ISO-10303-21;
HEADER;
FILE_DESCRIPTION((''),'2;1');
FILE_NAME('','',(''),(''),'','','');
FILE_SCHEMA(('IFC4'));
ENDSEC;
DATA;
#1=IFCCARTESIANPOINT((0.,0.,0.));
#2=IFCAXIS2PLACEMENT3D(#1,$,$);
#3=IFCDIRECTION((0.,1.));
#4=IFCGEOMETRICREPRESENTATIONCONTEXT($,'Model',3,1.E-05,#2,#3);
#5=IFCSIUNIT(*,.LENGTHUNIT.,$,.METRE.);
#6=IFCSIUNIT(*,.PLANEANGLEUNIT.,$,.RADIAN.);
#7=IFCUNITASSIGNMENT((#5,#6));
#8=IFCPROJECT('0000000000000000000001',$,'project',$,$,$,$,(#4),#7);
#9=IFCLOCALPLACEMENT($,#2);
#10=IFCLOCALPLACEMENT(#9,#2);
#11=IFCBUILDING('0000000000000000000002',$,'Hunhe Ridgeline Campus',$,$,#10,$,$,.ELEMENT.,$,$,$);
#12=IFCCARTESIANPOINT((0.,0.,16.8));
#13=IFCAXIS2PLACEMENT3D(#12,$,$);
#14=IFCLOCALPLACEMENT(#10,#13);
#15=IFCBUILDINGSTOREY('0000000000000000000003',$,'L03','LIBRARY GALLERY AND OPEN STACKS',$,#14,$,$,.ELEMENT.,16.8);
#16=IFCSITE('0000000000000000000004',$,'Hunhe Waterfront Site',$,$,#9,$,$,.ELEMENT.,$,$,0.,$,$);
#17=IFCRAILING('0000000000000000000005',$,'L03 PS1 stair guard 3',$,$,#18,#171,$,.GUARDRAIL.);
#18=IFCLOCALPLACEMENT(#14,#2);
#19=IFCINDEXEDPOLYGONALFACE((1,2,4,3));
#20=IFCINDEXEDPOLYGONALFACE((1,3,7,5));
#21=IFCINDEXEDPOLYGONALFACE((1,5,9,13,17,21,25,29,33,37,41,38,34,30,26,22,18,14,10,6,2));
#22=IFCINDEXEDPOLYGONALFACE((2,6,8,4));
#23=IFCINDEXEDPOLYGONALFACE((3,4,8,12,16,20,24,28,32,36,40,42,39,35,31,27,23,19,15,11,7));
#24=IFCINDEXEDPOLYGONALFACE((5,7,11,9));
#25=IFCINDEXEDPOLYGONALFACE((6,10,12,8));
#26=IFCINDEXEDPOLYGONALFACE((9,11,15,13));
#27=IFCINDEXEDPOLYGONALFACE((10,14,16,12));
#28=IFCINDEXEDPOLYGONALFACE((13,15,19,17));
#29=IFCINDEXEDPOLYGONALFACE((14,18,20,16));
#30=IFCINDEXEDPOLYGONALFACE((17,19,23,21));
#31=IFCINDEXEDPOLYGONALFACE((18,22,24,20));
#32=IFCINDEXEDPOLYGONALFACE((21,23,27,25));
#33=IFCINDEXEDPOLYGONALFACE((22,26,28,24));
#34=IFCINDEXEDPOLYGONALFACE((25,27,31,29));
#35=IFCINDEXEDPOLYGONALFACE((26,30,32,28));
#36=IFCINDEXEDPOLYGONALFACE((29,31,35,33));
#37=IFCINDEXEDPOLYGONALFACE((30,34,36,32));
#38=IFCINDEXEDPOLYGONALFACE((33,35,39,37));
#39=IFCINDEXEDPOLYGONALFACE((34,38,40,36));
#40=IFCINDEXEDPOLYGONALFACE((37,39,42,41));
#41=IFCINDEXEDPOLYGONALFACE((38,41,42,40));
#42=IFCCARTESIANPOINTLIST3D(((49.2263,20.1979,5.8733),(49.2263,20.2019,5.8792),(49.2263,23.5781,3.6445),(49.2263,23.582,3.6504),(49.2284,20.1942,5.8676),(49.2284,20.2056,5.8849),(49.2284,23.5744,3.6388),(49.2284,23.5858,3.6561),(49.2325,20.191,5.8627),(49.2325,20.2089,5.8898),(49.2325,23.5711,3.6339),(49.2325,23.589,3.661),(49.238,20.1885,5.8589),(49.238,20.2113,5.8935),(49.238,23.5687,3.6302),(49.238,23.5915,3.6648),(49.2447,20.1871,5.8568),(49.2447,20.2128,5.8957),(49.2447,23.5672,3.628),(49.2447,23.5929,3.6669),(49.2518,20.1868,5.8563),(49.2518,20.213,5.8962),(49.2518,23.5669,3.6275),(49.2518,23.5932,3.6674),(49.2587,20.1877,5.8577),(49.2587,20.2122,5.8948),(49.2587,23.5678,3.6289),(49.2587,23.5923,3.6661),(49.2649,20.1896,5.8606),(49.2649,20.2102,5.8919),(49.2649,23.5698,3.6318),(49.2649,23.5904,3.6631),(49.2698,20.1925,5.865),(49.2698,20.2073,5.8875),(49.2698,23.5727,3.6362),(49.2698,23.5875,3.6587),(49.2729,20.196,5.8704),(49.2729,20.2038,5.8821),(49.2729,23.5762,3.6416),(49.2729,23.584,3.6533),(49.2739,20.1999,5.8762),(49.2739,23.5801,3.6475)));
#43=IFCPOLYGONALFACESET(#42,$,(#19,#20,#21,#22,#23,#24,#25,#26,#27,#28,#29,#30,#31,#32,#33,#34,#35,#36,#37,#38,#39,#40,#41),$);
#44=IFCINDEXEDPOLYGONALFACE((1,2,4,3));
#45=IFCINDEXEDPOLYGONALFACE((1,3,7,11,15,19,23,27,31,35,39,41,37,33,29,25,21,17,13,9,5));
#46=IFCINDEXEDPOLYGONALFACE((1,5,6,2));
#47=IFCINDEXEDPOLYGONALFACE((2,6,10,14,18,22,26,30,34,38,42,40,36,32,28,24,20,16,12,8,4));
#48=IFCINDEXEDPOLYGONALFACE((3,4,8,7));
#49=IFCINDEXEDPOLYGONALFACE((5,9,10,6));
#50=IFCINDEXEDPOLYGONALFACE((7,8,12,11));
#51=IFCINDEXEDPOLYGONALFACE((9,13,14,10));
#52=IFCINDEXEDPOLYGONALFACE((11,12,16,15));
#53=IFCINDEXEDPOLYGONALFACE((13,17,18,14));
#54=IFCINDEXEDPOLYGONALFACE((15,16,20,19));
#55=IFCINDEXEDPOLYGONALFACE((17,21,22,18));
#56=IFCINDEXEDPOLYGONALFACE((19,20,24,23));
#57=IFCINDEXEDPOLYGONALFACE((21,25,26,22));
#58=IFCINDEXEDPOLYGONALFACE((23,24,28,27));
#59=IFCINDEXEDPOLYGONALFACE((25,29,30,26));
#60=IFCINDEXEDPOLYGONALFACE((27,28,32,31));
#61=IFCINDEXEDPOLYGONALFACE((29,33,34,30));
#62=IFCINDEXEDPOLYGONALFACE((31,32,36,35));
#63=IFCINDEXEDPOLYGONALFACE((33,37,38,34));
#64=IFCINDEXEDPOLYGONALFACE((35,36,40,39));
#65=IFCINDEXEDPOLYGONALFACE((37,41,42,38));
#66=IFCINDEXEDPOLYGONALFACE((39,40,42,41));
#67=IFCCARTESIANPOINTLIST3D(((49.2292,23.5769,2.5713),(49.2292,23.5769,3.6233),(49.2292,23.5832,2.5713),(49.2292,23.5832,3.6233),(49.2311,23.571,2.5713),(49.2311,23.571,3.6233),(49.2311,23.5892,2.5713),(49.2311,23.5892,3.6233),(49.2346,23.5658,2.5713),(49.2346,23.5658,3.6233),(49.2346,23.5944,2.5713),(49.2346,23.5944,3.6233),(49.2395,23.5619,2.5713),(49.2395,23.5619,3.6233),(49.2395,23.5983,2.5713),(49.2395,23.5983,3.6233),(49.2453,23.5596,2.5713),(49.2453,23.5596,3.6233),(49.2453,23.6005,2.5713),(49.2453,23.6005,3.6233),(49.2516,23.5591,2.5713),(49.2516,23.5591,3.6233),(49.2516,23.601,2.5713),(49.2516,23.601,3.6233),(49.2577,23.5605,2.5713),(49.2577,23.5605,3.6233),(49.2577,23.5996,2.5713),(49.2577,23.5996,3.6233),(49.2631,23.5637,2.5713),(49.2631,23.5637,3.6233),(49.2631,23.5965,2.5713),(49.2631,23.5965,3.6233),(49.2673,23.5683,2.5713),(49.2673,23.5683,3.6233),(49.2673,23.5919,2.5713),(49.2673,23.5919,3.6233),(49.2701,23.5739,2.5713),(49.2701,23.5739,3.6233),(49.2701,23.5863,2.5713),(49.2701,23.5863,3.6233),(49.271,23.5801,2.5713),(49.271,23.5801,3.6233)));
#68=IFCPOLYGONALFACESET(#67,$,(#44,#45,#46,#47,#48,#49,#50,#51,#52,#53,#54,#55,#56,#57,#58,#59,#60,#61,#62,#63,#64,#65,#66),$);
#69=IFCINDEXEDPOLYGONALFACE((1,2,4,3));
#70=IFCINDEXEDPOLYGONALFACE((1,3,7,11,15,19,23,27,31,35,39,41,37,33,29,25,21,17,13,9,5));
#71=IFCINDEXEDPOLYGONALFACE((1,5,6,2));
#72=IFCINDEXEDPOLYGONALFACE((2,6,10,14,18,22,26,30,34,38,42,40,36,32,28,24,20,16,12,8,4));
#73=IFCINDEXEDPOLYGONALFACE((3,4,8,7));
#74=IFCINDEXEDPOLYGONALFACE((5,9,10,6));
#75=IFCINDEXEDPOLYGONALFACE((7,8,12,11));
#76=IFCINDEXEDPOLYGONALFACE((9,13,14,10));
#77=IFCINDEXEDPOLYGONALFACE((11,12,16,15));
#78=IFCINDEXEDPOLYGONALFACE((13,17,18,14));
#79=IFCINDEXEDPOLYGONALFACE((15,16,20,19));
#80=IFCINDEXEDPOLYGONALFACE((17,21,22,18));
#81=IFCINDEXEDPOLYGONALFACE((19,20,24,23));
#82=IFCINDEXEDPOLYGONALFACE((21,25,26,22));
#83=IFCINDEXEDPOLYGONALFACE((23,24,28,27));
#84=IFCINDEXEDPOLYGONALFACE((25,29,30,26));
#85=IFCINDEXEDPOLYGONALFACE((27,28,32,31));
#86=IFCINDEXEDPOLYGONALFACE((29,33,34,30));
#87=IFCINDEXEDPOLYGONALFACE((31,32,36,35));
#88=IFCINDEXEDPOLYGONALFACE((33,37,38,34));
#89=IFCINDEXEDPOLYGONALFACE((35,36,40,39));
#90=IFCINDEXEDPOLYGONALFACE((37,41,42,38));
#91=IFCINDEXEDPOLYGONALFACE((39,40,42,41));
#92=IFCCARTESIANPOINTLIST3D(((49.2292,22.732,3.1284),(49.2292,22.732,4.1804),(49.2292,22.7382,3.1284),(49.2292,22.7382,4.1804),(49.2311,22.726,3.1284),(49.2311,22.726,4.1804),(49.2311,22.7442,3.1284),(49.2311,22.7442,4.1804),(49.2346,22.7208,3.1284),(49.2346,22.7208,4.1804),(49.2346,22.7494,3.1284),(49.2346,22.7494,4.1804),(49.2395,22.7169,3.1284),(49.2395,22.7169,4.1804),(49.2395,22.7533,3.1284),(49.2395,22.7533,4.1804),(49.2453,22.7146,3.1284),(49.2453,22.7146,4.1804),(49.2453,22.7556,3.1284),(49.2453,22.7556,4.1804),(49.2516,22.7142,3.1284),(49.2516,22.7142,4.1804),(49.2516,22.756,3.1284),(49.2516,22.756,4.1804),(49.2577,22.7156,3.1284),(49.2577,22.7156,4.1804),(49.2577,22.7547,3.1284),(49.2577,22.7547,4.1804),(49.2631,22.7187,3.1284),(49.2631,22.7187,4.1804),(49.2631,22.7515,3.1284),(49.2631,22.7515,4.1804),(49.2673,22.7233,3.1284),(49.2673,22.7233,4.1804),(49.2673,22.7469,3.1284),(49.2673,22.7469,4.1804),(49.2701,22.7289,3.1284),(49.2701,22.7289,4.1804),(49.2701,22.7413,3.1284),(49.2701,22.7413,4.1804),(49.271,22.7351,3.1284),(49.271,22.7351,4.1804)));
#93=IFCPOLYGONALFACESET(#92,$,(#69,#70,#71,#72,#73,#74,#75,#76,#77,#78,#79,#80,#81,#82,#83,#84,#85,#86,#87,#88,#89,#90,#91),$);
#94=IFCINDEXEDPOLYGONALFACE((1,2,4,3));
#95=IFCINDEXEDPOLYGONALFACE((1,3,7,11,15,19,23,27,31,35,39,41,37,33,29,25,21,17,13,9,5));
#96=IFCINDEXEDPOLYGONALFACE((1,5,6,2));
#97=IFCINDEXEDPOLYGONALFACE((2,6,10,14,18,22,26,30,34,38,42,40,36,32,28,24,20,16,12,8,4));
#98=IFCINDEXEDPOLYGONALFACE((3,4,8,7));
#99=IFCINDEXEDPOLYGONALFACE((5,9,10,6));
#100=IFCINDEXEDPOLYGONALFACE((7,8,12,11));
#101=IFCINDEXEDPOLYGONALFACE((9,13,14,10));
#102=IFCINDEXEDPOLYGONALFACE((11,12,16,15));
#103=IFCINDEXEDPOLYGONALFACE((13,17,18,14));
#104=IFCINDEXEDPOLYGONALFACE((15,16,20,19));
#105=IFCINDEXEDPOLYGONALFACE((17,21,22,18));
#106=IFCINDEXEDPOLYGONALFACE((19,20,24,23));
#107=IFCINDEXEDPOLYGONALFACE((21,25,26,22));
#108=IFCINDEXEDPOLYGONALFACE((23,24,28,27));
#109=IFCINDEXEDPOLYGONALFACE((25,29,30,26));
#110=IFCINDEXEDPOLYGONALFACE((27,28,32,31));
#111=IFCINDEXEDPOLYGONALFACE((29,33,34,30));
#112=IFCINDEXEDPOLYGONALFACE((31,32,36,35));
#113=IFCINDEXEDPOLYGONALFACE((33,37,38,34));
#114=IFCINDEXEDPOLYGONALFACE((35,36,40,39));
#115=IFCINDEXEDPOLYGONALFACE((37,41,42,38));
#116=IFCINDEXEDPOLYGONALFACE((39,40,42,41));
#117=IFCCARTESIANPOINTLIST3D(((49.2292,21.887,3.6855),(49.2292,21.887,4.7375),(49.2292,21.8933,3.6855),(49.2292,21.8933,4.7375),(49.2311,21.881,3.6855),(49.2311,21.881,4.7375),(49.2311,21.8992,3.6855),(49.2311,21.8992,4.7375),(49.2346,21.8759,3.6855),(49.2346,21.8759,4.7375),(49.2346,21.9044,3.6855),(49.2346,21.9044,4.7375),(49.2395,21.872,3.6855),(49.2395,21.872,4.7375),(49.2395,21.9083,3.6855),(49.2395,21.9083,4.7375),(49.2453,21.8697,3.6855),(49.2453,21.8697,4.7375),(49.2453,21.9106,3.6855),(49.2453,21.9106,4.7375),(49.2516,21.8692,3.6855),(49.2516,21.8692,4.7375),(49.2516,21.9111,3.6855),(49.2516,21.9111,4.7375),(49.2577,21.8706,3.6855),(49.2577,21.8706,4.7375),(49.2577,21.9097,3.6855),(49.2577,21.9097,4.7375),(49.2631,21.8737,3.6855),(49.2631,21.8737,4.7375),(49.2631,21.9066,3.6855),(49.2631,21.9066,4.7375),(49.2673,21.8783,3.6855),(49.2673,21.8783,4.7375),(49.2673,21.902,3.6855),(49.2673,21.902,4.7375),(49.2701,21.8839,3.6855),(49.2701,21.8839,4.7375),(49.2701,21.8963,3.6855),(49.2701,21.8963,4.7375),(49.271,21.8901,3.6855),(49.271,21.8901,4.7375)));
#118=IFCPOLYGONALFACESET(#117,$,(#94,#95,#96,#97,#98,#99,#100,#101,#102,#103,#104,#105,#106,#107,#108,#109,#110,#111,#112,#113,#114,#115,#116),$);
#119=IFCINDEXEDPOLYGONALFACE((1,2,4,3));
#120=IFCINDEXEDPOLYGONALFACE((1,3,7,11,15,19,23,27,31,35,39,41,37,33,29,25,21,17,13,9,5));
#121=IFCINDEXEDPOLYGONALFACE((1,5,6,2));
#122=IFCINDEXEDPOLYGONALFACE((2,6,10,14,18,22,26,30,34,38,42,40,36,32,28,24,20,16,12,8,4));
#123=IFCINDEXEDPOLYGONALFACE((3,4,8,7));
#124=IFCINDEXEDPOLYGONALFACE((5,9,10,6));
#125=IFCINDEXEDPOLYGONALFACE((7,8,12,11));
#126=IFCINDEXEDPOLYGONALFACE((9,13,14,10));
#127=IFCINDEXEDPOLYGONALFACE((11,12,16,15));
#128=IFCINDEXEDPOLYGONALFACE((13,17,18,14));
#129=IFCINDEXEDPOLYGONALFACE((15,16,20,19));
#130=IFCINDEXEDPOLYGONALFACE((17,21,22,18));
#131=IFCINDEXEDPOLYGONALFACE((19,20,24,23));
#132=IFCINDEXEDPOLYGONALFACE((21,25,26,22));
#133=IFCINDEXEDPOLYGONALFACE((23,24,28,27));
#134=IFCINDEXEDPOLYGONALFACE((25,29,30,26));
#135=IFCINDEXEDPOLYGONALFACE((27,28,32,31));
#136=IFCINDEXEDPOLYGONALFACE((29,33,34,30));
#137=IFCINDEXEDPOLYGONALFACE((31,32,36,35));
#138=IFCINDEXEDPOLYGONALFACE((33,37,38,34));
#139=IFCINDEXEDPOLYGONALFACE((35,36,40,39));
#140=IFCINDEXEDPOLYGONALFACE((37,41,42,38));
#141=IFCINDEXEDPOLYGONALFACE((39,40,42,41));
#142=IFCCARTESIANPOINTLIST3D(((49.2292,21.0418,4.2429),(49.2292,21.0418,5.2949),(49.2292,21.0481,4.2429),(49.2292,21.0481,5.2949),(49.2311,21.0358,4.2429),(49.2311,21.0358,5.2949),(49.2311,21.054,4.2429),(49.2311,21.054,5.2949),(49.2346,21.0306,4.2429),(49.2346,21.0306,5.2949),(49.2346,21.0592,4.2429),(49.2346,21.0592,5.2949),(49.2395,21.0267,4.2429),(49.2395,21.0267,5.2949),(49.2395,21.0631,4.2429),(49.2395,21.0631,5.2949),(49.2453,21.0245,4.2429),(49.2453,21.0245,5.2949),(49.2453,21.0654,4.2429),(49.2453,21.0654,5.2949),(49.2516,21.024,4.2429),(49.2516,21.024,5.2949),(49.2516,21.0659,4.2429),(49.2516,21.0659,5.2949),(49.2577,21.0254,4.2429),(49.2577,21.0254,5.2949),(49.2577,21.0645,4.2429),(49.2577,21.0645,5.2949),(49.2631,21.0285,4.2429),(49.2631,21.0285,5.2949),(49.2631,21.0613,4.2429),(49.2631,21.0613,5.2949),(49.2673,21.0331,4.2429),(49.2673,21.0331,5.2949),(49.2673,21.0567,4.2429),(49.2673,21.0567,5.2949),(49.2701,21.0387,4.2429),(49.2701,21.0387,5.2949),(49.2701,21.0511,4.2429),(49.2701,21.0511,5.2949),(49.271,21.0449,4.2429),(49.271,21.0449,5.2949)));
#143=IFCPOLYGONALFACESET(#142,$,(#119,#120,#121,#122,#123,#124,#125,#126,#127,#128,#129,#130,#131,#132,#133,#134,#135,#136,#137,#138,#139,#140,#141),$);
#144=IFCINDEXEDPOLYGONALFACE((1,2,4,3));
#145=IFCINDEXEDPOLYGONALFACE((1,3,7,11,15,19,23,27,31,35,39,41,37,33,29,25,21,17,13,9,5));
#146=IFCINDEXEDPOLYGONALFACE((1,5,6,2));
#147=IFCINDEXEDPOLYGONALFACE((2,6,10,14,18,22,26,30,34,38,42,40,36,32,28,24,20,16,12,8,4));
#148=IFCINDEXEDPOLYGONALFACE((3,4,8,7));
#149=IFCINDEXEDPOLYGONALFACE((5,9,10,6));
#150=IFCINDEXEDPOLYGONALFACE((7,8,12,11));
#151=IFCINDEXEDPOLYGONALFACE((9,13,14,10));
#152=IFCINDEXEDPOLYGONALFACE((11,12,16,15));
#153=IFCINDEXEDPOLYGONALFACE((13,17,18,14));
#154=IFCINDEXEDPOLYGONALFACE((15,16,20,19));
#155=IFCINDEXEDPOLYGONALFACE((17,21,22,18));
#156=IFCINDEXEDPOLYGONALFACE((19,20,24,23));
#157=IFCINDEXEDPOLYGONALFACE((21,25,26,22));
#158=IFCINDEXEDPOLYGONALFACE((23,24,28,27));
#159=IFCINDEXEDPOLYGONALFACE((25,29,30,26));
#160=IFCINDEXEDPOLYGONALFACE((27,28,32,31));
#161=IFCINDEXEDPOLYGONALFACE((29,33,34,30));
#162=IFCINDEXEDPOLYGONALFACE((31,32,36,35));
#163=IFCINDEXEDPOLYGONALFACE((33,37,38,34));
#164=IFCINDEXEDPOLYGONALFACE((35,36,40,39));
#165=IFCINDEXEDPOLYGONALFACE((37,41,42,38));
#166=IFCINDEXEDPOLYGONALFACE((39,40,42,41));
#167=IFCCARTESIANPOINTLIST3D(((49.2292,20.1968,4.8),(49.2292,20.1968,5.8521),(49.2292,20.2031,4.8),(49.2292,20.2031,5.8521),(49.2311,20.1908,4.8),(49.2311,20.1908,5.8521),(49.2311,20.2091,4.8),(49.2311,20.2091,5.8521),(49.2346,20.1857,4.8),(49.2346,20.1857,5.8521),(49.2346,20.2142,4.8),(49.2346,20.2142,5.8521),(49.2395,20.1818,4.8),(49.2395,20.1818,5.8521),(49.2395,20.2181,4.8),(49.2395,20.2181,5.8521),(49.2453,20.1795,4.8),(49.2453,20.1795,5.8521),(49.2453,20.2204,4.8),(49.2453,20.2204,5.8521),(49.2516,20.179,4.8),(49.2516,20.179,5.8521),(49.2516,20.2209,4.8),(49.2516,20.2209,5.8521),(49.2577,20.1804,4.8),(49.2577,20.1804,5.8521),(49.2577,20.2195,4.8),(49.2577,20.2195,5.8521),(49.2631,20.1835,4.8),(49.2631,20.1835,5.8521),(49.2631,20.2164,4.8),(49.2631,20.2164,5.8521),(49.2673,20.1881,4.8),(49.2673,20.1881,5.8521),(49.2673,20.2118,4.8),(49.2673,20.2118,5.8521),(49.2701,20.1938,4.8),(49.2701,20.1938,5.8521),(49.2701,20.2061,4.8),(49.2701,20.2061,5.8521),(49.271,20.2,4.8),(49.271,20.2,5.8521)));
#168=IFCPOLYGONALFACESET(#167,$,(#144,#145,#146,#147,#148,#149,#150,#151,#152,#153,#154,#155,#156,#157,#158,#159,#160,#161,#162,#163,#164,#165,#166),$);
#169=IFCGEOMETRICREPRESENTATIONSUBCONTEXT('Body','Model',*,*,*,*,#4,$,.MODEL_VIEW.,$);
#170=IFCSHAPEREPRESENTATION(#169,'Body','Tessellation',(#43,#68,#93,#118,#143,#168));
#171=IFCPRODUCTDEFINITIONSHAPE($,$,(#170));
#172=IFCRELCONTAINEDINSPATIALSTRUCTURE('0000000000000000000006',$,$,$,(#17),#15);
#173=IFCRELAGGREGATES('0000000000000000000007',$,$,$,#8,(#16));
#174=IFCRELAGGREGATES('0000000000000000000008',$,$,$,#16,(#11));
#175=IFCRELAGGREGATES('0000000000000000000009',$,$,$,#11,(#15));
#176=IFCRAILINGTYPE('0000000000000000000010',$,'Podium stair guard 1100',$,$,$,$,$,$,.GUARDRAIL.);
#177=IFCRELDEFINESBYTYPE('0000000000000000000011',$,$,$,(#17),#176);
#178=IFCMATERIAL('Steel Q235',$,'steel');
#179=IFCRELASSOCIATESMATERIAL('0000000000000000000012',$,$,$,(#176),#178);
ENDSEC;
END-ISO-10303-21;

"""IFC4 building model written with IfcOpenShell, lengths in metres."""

from ifc_helpers import new_model, si_unit, direction, frame, origin, origin_2d, place, context, subcontext, project, spatial, circle, extrude, material, type_object, element, save


model = new_model("IFC4")

# Units and contexts
model_context = context("Model", 3, precision=1e-05, world=origin(), true_north=direction((0.0, 1.0)))
body_context = subcontext(model_context, "Body", "Model", "MODEL_VIEW")
ifc_project = project(units=[si_unit("LENGTHUNIT", "METRE"), si_unit("PLANEANGLEUNIT", "RADIAN")], contexts=[model_context])

# Site, building, storey
site_placement = place(None, origin())
site = spatial("IfcSite", under=ifc_project, at=site_placement, Name="Hunhe Waterfront Site", CompositionType="ELEMENT", RefElevation=0.0)
building_placement = place(site_placement, origin())
building = spatial("IfcBuilding", under=site, at=building_placement, Name="Hunhe Ridgeline Campus", CompositionType="ELEMENT")
storey_placement = place(building_placement, frame((0.0, 0.0, 16.8)))
storey = spatial("IfcBuildingStorey", under=building, at=storey_placement, Name="L03", Description="LIBRARY GALLERY AND OPEN STACKS", CompositionType="ELEMENT", Elevation=16.8)

# Shared definitions
ifc_material_1 = material(Name="Steel Q235", Category="steel")

# Railing
railing_type_1 = type_object("IfcRailingType", Name="Podium stair guard 1100", PredefinedType="GUARDRAIL", material=ifc_material_1)
railing_1_placement = place(storey_placement, frame((49.25, 23.5801, 2.5713)))
element("IfcRailing", 1, at=railing_1_placement, inside=storey, type_object=railing_type_1, Name="L03 PS1 stair guard 3", PredefinedType="GUARDRAIL", context=body_context, shape_type="SweptSolid", body=[
    extrude(circle(Radius=0.0239, at=origin_2d()), frame((0.0, 0.0, 1.0762), z_axis=(0.0, -0.834851, 0.550477), x_axis=(1.0, 0.0, 0.0)), (0.0, 0.0, 1.0), 4.0488),
    extrude(circle(Radius=0.021, at=origin_2d()), origin(), (0.0, 0.0, 1.0), 1.052),
    extrude(circle(Radius=0.021, at=origin_2d()), frame((0.0, -0.845, 0.5571)), (0.0, 0.0, 1.0), 1.052),
    extrude(circle(Radius=0.021, at=origin_2d()), frame((0.0, -1.6899, 1.1143)), (0.0, 0.0, 1.0), 1.052),
    extrude(circle(Radius=0.021, at=origin_2d()), frame((0.0, -2.5352, 1.6716)), (0.0, 0.0, 1.0), 1.052),
    extrude(circle(Radius=0.021, at=origin_2d()), frame((0.0, -3.3801, 2.2288)), (0.0, 0.0, 1.0), 1.052),
])

save(model, "model.ifc")
